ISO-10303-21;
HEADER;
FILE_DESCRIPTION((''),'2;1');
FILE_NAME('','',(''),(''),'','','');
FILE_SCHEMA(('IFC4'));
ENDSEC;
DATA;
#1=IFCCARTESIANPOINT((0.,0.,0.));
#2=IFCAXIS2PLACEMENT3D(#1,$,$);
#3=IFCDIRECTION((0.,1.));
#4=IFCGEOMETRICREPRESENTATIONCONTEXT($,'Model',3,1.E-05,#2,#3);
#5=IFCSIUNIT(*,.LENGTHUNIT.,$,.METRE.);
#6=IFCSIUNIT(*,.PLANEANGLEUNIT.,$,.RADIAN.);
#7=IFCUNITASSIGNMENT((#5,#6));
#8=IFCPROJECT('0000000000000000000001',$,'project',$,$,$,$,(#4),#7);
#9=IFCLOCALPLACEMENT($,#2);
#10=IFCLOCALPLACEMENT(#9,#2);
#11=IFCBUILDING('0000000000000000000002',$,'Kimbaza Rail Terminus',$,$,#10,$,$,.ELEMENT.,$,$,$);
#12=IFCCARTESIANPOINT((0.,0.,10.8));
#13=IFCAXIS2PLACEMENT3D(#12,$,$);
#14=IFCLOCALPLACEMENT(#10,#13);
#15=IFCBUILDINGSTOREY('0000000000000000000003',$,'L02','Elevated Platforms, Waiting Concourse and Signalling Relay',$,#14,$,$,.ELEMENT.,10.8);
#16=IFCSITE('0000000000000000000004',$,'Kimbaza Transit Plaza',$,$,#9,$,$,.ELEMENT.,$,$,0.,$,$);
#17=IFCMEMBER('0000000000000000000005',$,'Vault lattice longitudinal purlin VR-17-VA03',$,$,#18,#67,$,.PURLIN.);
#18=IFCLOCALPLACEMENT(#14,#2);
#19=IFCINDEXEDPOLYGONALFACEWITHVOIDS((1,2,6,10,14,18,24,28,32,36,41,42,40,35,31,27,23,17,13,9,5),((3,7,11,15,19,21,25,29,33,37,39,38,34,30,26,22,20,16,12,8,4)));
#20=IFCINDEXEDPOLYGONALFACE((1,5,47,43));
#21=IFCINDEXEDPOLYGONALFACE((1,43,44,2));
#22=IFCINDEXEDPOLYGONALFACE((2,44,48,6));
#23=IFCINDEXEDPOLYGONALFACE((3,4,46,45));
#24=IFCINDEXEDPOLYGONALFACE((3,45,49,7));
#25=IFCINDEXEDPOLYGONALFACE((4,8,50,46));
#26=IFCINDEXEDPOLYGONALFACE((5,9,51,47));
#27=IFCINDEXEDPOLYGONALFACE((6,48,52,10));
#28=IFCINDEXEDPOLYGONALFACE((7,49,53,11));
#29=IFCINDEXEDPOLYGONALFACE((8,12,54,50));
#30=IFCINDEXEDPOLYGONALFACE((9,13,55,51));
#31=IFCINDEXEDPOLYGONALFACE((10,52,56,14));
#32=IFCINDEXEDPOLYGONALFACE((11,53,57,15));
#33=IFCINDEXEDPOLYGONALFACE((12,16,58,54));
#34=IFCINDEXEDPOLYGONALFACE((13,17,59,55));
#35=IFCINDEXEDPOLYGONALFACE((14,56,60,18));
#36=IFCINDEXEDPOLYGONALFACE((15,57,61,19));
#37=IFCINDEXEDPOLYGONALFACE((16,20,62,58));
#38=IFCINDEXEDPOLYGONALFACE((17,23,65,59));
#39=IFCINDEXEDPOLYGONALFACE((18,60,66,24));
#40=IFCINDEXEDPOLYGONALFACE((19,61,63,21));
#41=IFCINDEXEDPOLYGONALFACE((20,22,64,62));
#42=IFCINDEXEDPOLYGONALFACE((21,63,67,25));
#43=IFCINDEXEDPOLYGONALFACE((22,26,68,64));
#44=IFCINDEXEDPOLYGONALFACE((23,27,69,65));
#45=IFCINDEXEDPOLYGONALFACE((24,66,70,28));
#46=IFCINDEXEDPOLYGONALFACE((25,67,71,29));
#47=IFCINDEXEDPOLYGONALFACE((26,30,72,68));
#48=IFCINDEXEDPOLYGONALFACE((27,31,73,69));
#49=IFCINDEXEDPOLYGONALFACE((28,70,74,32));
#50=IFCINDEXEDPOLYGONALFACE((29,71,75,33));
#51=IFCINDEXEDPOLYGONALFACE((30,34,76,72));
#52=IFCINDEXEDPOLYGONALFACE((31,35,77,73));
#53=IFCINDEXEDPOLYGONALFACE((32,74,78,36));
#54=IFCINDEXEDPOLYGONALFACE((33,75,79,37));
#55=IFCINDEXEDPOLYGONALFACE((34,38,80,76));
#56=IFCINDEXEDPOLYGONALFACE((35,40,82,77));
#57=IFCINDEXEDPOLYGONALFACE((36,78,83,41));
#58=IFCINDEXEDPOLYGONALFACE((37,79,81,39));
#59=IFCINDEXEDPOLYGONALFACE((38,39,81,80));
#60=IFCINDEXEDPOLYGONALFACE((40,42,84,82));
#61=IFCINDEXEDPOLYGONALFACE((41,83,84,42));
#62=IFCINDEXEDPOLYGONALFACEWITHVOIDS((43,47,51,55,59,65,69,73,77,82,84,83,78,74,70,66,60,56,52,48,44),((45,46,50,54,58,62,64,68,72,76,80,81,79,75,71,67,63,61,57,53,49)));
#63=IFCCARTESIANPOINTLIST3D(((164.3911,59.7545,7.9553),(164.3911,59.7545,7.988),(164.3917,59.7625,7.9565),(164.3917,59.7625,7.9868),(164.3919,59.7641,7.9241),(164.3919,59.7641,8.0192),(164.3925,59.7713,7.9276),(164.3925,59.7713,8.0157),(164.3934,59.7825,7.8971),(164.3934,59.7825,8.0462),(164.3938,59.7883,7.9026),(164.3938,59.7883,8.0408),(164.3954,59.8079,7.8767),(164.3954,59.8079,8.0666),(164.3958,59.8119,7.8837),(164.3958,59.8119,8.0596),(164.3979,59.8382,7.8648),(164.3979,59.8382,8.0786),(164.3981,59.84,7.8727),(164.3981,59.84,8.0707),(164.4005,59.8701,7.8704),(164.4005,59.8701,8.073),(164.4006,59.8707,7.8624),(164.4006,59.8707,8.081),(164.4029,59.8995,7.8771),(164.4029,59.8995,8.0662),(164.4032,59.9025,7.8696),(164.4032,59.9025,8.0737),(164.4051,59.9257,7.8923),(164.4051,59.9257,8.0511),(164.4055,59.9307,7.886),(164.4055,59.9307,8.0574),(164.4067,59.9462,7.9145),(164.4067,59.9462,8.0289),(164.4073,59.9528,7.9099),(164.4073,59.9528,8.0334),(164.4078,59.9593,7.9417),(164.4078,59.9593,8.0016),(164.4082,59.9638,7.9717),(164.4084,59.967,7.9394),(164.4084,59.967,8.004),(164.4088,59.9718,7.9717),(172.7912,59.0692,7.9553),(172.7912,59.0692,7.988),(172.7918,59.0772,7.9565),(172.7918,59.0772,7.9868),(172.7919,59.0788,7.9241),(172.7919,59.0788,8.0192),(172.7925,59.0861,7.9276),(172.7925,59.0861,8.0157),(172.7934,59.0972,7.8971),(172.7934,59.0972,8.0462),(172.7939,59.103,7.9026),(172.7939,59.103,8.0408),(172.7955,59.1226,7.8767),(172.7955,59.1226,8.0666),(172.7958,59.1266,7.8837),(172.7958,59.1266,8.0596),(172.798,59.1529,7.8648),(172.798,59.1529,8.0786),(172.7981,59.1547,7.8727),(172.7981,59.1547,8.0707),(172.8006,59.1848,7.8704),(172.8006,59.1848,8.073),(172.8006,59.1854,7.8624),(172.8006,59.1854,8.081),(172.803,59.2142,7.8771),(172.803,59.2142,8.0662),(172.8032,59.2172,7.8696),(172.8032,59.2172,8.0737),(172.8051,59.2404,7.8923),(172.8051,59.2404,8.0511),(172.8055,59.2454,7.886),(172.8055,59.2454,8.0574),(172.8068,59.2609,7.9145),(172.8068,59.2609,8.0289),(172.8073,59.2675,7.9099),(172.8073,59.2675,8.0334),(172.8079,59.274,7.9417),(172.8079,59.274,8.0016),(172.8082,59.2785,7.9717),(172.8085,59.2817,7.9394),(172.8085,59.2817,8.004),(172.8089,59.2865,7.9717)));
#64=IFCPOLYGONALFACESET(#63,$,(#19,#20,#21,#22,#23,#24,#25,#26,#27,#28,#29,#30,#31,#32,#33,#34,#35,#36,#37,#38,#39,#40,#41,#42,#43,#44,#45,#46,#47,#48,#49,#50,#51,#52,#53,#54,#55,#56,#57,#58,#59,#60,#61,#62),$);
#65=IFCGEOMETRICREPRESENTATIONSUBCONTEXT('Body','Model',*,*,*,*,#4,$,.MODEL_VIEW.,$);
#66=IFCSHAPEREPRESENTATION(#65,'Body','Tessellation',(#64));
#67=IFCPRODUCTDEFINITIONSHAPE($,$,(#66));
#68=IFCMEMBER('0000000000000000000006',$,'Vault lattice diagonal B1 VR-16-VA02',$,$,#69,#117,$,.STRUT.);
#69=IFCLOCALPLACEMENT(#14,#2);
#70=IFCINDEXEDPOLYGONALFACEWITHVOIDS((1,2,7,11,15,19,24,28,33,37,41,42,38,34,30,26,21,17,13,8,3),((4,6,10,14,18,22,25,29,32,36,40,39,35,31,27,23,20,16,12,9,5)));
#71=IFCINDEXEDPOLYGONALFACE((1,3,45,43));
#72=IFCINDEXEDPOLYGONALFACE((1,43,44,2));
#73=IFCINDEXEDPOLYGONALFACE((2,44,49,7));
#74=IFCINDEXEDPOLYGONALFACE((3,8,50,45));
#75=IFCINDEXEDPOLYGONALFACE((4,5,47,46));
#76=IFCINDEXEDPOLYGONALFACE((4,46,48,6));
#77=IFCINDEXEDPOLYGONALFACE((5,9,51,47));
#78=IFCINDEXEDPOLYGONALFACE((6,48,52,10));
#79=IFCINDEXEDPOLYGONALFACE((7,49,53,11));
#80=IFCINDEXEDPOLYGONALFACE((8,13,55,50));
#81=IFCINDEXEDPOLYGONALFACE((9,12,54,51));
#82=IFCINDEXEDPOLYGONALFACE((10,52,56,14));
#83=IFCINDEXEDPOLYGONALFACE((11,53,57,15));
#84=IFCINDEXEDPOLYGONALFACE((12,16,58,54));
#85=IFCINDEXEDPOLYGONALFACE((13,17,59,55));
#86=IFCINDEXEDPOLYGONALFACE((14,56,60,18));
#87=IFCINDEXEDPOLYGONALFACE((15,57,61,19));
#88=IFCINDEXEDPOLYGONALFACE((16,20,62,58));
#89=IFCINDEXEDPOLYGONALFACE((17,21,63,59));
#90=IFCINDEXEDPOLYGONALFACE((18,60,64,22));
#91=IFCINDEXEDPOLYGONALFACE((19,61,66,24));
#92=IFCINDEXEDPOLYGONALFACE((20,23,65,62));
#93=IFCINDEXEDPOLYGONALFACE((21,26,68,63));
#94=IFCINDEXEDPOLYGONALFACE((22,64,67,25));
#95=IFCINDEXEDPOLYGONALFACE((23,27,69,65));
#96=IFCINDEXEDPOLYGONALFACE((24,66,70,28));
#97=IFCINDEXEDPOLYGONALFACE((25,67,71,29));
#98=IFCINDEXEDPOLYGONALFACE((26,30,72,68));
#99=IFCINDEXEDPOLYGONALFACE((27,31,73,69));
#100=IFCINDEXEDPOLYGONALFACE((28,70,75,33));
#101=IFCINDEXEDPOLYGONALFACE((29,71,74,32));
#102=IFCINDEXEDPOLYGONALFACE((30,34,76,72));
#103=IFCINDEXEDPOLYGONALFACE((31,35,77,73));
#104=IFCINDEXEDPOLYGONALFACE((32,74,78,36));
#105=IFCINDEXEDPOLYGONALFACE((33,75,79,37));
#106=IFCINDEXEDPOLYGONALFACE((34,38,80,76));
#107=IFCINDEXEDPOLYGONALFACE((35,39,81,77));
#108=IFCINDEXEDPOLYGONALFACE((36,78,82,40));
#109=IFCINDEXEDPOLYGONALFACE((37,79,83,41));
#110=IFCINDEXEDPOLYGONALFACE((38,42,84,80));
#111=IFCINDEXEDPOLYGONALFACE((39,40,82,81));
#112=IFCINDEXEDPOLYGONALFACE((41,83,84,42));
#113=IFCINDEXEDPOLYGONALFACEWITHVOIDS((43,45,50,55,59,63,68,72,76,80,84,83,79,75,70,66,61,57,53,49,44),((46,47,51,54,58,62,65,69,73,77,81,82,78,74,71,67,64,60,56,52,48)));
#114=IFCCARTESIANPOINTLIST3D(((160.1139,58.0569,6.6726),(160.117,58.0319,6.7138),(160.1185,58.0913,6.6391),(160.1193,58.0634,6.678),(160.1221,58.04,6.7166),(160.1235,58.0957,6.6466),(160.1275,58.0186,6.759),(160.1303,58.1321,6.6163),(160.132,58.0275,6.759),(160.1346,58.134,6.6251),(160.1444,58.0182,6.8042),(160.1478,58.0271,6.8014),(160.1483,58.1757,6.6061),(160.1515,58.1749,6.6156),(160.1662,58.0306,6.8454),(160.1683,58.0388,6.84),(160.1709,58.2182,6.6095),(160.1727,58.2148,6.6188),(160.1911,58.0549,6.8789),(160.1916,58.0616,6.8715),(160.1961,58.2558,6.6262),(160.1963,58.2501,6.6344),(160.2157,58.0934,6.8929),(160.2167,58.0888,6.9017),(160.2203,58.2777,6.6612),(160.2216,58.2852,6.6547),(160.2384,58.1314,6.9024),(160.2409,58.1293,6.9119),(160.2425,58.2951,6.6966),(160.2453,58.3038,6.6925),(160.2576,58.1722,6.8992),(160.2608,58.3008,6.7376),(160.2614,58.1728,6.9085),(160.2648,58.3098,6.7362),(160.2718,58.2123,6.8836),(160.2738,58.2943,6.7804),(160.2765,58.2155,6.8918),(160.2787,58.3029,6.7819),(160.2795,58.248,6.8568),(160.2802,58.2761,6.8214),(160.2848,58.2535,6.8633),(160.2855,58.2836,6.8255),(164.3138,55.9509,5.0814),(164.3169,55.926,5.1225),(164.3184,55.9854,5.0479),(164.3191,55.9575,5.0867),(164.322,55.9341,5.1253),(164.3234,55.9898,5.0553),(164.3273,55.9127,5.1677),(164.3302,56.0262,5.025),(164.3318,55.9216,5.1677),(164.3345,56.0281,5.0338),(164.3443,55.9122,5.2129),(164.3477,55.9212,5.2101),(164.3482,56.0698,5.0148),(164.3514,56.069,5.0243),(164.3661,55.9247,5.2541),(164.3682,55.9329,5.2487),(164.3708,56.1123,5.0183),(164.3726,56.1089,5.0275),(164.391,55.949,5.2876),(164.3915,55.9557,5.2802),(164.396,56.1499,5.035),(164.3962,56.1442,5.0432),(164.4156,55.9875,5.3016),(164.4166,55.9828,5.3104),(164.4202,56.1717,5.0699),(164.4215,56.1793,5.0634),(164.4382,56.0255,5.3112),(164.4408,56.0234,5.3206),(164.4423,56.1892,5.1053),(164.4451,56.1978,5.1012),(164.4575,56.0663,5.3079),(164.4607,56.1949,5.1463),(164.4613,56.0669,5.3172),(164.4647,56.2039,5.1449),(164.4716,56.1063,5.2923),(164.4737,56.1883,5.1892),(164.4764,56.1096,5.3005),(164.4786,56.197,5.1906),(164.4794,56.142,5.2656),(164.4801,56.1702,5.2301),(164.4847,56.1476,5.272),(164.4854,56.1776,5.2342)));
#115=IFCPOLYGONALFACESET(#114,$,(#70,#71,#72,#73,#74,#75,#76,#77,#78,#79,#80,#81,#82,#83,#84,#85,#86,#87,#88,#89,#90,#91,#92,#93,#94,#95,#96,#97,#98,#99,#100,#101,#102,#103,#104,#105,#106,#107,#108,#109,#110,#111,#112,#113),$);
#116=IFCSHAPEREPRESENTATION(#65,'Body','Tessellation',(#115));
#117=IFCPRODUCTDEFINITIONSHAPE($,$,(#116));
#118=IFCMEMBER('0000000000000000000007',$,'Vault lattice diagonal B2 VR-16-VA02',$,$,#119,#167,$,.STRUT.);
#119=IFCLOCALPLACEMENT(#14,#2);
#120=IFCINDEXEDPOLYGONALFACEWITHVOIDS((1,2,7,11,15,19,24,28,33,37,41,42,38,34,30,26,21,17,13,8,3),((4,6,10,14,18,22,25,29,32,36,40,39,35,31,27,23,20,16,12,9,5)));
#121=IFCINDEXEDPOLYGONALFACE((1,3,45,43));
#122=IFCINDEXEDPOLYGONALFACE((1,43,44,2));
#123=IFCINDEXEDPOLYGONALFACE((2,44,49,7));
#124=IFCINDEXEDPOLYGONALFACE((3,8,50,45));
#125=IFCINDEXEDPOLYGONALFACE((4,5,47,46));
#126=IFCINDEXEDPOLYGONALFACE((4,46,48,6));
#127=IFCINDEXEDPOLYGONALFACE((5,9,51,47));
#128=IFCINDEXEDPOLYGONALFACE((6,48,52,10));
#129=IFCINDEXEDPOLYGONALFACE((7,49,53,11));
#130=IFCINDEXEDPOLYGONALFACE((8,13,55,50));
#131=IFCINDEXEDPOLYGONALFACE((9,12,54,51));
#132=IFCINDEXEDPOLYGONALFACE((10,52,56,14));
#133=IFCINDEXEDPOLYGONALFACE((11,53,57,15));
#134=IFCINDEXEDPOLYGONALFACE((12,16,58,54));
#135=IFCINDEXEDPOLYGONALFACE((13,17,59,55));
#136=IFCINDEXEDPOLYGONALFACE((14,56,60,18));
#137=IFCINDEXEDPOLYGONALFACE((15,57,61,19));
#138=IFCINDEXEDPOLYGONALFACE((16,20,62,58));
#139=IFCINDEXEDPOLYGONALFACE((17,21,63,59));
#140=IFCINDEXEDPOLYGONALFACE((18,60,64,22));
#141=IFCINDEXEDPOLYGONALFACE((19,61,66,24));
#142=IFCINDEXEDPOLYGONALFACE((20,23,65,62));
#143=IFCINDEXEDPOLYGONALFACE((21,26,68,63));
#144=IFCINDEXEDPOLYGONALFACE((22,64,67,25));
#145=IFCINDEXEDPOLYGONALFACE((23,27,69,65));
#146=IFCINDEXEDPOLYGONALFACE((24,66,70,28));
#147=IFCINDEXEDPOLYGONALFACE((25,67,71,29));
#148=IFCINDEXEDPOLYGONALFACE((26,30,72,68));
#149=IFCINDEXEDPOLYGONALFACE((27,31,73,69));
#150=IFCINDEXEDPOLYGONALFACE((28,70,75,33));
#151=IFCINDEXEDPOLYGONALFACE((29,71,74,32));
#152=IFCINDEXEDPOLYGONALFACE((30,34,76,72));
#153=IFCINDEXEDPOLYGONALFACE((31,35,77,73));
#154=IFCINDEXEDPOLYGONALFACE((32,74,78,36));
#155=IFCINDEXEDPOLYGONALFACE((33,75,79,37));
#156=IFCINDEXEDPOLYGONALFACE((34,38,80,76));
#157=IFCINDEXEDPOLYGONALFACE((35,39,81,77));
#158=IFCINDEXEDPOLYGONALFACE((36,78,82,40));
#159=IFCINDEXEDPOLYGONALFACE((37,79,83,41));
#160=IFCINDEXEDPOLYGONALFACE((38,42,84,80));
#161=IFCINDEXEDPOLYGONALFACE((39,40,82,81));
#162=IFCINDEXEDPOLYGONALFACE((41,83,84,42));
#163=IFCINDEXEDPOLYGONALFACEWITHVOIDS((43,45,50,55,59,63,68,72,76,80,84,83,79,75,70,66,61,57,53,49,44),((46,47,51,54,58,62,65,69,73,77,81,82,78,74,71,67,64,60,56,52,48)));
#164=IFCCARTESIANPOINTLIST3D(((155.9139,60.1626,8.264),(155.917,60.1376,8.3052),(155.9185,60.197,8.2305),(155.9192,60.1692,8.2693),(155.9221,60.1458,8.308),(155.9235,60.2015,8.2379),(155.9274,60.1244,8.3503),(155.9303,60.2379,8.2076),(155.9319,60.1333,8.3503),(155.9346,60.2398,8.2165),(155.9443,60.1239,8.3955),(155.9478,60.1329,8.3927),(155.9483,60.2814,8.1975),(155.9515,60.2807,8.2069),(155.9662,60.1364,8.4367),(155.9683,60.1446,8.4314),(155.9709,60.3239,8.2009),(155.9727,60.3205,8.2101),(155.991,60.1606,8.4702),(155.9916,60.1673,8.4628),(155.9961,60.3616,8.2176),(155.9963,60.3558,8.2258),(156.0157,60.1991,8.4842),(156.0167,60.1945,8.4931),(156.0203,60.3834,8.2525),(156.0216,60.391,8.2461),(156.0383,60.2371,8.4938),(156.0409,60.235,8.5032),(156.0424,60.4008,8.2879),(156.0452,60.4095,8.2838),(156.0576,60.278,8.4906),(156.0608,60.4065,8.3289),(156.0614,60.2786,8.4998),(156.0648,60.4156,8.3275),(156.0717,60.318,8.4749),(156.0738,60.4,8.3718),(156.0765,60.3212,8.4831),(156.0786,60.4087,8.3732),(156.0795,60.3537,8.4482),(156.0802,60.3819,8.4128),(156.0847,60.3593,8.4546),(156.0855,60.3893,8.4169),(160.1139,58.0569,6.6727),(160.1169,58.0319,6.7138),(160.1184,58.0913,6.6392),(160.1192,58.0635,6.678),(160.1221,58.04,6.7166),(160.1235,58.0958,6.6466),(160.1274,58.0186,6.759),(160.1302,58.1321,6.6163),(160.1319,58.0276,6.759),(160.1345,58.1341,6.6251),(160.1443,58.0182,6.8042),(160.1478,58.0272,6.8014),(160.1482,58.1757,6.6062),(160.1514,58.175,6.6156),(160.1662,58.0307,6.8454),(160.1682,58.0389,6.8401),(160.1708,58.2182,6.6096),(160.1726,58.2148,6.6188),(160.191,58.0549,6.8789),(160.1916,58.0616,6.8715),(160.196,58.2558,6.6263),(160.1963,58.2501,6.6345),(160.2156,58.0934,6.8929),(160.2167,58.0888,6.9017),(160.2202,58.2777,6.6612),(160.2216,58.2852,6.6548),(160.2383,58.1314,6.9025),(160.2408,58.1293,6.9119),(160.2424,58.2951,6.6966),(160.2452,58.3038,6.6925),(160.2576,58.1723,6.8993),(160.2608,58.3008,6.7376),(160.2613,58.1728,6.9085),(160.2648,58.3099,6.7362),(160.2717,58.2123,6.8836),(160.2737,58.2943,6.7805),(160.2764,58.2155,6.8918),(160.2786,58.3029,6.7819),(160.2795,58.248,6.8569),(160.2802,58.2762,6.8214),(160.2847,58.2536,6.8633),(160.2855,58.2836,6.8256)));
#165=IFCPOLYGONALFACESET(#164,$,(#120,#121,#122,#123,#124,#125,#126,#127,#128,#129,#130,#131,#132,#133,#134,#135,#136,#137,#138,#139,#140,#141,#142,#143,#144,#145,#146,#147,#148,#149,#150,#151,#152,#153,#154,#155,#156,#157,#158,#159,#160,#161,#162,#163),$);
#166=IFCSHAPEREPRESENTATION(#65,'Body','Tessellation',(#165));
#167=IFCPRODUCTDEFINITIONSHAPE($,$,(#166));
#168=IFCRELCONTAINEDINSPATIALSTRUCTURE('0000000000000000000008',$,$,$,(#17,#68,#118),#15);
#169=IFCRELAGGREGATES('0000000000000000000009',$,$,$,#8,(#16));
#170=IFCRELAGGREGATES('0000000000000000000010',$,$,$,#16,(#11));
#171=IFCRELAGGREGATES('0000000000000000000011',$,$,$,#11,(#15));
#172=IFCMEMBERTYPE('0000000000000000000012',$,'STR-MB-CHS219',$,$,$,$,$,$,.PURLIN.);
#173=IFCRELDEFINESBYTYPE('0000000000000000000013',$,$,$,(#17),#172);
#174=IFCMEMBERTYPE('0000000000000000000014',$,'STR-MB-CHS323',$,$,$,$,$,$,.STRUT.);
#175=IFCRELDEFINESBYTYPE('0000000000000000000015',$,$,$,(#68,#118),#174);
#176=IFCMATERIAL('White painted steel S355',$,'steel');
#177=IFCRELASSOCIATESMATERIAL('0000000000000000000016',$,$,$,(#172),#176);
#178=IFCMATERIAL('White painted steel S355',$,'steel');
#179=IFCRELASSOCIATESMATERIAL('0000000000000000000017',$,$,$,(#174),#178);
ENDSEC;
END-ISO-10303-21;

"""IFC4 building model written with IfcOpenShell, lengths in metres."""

from ifc_helpers import new_model, si_unit, direction, frame, origin, origin_2d, place, context, subcontext, project, spatial, hollow_circle, extrude, material, material_profile, profile_set, type_object, element, save


model = new_model("IFC4")

# Units and contexts
model_context = context("Model", 3, precision=1e-05, world=origin(), true_north=direction((0.0, 1.0)))
body_context = subcontext(model_context, "Body", "Model", "MODEL_VIEW")
ifc_project = project(units=[si_unit("LENGTHUNIT", "METRE"), si_unit("PLANEANGLEUNIT", "RADIAN")], contexts=[model_context])

# Site, building, storey
site_placement = place(None, origin())
site = spatial("IfcSite", under=ifc_project, at=site_placement, Name="Kimbaza Transit Plaza", CompositionType="ELEMENT", RefElevation=0.0)
building_placement = place(site_placement, origin())
building = spatial("IfcBuilding", under=site, at=building_placement, Name="Kimbaza Rail Terminus", CompositionType="ELEMENT")
storey_placement = place(building_placement, frame((0.0, 0.0, 10.8)))
storey = spatial("IfcBuildingStorey", under=building, at=storey_placement, Name="L02", Description="Elevated Platforms, Waiting Concourse and Signalling Relay", CompositionType="ELEMENT", Elevation=10.8)

# Members
ifc_material_1 = material(Name="White painted steel S355", Category="steel")
ifc_material_profile_1 = material_profile(ifc_material_1, hollow_circle(Radius=0.1096, WallThickness=0.0081, at=origin_2d()), Name="CHS 219.1x8")
ifc_profile_set_1 = profile_set([ifc_material_profile_1], Name="White painted steel S355")
member_type_1 = type_object("IfcMemberType", Name="STR-MB-CHS219", PredefinedType="PURLIN", material=ifc_profile_set_1)
for number, where, z_axis, x_axis, name in (
    (1, (164.3999, 59.8625, 7.9717), (0.996689, -0.081312, 0.0), (0.081312, 0.996689, 0.0), "Vault lattice longitudinal purlin VR-17-VA03"),
):
    element("IfcMember", number, at=place(storey_placement, frame(where, z_axis=z_axis, x_axis=x_axis)), inside=storey, type_object=member_type_1, Name=name, PredefinedType="PURLIN", context=body_context, shape_type="SweptSolid", body=[
        extrude(hollow_circle(Radius=0.1096, WallThickness=0.0081, at=origin_2d()), origin(), (0.0, 0.0, 1.0), 8.428),
    ])
ifc_material_2 = material(Name="White painted steel S355", Category="steel")
ifc_material_profile_2 = material_profile(ifc_material_2, hollow_circle(Radius=0.1619, WallThickness=0.01, at=origin_2d()), Name="CHS 323.9x10")
ifc_profile_set_2 = profile_set([ifc_material_profile_2], Name="White painted steel S355")
member_type_2 = type_object("IfcMemberType", Name="STR-MB-CHS323", PredefinedType="STRUT", material=ifc_profile_set_2)
for number, where, z_axis, x_axis, name in (
    (2, (164.3999, 56.0574, 5.1677), (-0.846673, 0.424542, 0.320794), (-0.448232, -0.893917, 0.0), "Vault lattice diagonal B1 VR-16-VA02"),
    (3, (160.2, 58.1633, 6.759), (-0.846691, 0.424502, 0.3208), (-0.44819, -0.893938, 0.0), "Vault lattice diagonal B2 VR-16-VA02"),
):
    element("IfcMember", number, at=place(storey_placement, frame(where, z_axis=z_axis, x_axis=x_axis)), inside=storey, type_object=member_type_2, Name=name, PredefinedType="STRUT", context=body_context, shape_type="SweptSolid", body=[
        extrude(hollow_circle(Radius=0.1619, WallThickness=0.01, at=origin_2d()), origin(), (0.0, 0.0, 1.0), 4.9604),
    ])

save(model, "model.ifc")
